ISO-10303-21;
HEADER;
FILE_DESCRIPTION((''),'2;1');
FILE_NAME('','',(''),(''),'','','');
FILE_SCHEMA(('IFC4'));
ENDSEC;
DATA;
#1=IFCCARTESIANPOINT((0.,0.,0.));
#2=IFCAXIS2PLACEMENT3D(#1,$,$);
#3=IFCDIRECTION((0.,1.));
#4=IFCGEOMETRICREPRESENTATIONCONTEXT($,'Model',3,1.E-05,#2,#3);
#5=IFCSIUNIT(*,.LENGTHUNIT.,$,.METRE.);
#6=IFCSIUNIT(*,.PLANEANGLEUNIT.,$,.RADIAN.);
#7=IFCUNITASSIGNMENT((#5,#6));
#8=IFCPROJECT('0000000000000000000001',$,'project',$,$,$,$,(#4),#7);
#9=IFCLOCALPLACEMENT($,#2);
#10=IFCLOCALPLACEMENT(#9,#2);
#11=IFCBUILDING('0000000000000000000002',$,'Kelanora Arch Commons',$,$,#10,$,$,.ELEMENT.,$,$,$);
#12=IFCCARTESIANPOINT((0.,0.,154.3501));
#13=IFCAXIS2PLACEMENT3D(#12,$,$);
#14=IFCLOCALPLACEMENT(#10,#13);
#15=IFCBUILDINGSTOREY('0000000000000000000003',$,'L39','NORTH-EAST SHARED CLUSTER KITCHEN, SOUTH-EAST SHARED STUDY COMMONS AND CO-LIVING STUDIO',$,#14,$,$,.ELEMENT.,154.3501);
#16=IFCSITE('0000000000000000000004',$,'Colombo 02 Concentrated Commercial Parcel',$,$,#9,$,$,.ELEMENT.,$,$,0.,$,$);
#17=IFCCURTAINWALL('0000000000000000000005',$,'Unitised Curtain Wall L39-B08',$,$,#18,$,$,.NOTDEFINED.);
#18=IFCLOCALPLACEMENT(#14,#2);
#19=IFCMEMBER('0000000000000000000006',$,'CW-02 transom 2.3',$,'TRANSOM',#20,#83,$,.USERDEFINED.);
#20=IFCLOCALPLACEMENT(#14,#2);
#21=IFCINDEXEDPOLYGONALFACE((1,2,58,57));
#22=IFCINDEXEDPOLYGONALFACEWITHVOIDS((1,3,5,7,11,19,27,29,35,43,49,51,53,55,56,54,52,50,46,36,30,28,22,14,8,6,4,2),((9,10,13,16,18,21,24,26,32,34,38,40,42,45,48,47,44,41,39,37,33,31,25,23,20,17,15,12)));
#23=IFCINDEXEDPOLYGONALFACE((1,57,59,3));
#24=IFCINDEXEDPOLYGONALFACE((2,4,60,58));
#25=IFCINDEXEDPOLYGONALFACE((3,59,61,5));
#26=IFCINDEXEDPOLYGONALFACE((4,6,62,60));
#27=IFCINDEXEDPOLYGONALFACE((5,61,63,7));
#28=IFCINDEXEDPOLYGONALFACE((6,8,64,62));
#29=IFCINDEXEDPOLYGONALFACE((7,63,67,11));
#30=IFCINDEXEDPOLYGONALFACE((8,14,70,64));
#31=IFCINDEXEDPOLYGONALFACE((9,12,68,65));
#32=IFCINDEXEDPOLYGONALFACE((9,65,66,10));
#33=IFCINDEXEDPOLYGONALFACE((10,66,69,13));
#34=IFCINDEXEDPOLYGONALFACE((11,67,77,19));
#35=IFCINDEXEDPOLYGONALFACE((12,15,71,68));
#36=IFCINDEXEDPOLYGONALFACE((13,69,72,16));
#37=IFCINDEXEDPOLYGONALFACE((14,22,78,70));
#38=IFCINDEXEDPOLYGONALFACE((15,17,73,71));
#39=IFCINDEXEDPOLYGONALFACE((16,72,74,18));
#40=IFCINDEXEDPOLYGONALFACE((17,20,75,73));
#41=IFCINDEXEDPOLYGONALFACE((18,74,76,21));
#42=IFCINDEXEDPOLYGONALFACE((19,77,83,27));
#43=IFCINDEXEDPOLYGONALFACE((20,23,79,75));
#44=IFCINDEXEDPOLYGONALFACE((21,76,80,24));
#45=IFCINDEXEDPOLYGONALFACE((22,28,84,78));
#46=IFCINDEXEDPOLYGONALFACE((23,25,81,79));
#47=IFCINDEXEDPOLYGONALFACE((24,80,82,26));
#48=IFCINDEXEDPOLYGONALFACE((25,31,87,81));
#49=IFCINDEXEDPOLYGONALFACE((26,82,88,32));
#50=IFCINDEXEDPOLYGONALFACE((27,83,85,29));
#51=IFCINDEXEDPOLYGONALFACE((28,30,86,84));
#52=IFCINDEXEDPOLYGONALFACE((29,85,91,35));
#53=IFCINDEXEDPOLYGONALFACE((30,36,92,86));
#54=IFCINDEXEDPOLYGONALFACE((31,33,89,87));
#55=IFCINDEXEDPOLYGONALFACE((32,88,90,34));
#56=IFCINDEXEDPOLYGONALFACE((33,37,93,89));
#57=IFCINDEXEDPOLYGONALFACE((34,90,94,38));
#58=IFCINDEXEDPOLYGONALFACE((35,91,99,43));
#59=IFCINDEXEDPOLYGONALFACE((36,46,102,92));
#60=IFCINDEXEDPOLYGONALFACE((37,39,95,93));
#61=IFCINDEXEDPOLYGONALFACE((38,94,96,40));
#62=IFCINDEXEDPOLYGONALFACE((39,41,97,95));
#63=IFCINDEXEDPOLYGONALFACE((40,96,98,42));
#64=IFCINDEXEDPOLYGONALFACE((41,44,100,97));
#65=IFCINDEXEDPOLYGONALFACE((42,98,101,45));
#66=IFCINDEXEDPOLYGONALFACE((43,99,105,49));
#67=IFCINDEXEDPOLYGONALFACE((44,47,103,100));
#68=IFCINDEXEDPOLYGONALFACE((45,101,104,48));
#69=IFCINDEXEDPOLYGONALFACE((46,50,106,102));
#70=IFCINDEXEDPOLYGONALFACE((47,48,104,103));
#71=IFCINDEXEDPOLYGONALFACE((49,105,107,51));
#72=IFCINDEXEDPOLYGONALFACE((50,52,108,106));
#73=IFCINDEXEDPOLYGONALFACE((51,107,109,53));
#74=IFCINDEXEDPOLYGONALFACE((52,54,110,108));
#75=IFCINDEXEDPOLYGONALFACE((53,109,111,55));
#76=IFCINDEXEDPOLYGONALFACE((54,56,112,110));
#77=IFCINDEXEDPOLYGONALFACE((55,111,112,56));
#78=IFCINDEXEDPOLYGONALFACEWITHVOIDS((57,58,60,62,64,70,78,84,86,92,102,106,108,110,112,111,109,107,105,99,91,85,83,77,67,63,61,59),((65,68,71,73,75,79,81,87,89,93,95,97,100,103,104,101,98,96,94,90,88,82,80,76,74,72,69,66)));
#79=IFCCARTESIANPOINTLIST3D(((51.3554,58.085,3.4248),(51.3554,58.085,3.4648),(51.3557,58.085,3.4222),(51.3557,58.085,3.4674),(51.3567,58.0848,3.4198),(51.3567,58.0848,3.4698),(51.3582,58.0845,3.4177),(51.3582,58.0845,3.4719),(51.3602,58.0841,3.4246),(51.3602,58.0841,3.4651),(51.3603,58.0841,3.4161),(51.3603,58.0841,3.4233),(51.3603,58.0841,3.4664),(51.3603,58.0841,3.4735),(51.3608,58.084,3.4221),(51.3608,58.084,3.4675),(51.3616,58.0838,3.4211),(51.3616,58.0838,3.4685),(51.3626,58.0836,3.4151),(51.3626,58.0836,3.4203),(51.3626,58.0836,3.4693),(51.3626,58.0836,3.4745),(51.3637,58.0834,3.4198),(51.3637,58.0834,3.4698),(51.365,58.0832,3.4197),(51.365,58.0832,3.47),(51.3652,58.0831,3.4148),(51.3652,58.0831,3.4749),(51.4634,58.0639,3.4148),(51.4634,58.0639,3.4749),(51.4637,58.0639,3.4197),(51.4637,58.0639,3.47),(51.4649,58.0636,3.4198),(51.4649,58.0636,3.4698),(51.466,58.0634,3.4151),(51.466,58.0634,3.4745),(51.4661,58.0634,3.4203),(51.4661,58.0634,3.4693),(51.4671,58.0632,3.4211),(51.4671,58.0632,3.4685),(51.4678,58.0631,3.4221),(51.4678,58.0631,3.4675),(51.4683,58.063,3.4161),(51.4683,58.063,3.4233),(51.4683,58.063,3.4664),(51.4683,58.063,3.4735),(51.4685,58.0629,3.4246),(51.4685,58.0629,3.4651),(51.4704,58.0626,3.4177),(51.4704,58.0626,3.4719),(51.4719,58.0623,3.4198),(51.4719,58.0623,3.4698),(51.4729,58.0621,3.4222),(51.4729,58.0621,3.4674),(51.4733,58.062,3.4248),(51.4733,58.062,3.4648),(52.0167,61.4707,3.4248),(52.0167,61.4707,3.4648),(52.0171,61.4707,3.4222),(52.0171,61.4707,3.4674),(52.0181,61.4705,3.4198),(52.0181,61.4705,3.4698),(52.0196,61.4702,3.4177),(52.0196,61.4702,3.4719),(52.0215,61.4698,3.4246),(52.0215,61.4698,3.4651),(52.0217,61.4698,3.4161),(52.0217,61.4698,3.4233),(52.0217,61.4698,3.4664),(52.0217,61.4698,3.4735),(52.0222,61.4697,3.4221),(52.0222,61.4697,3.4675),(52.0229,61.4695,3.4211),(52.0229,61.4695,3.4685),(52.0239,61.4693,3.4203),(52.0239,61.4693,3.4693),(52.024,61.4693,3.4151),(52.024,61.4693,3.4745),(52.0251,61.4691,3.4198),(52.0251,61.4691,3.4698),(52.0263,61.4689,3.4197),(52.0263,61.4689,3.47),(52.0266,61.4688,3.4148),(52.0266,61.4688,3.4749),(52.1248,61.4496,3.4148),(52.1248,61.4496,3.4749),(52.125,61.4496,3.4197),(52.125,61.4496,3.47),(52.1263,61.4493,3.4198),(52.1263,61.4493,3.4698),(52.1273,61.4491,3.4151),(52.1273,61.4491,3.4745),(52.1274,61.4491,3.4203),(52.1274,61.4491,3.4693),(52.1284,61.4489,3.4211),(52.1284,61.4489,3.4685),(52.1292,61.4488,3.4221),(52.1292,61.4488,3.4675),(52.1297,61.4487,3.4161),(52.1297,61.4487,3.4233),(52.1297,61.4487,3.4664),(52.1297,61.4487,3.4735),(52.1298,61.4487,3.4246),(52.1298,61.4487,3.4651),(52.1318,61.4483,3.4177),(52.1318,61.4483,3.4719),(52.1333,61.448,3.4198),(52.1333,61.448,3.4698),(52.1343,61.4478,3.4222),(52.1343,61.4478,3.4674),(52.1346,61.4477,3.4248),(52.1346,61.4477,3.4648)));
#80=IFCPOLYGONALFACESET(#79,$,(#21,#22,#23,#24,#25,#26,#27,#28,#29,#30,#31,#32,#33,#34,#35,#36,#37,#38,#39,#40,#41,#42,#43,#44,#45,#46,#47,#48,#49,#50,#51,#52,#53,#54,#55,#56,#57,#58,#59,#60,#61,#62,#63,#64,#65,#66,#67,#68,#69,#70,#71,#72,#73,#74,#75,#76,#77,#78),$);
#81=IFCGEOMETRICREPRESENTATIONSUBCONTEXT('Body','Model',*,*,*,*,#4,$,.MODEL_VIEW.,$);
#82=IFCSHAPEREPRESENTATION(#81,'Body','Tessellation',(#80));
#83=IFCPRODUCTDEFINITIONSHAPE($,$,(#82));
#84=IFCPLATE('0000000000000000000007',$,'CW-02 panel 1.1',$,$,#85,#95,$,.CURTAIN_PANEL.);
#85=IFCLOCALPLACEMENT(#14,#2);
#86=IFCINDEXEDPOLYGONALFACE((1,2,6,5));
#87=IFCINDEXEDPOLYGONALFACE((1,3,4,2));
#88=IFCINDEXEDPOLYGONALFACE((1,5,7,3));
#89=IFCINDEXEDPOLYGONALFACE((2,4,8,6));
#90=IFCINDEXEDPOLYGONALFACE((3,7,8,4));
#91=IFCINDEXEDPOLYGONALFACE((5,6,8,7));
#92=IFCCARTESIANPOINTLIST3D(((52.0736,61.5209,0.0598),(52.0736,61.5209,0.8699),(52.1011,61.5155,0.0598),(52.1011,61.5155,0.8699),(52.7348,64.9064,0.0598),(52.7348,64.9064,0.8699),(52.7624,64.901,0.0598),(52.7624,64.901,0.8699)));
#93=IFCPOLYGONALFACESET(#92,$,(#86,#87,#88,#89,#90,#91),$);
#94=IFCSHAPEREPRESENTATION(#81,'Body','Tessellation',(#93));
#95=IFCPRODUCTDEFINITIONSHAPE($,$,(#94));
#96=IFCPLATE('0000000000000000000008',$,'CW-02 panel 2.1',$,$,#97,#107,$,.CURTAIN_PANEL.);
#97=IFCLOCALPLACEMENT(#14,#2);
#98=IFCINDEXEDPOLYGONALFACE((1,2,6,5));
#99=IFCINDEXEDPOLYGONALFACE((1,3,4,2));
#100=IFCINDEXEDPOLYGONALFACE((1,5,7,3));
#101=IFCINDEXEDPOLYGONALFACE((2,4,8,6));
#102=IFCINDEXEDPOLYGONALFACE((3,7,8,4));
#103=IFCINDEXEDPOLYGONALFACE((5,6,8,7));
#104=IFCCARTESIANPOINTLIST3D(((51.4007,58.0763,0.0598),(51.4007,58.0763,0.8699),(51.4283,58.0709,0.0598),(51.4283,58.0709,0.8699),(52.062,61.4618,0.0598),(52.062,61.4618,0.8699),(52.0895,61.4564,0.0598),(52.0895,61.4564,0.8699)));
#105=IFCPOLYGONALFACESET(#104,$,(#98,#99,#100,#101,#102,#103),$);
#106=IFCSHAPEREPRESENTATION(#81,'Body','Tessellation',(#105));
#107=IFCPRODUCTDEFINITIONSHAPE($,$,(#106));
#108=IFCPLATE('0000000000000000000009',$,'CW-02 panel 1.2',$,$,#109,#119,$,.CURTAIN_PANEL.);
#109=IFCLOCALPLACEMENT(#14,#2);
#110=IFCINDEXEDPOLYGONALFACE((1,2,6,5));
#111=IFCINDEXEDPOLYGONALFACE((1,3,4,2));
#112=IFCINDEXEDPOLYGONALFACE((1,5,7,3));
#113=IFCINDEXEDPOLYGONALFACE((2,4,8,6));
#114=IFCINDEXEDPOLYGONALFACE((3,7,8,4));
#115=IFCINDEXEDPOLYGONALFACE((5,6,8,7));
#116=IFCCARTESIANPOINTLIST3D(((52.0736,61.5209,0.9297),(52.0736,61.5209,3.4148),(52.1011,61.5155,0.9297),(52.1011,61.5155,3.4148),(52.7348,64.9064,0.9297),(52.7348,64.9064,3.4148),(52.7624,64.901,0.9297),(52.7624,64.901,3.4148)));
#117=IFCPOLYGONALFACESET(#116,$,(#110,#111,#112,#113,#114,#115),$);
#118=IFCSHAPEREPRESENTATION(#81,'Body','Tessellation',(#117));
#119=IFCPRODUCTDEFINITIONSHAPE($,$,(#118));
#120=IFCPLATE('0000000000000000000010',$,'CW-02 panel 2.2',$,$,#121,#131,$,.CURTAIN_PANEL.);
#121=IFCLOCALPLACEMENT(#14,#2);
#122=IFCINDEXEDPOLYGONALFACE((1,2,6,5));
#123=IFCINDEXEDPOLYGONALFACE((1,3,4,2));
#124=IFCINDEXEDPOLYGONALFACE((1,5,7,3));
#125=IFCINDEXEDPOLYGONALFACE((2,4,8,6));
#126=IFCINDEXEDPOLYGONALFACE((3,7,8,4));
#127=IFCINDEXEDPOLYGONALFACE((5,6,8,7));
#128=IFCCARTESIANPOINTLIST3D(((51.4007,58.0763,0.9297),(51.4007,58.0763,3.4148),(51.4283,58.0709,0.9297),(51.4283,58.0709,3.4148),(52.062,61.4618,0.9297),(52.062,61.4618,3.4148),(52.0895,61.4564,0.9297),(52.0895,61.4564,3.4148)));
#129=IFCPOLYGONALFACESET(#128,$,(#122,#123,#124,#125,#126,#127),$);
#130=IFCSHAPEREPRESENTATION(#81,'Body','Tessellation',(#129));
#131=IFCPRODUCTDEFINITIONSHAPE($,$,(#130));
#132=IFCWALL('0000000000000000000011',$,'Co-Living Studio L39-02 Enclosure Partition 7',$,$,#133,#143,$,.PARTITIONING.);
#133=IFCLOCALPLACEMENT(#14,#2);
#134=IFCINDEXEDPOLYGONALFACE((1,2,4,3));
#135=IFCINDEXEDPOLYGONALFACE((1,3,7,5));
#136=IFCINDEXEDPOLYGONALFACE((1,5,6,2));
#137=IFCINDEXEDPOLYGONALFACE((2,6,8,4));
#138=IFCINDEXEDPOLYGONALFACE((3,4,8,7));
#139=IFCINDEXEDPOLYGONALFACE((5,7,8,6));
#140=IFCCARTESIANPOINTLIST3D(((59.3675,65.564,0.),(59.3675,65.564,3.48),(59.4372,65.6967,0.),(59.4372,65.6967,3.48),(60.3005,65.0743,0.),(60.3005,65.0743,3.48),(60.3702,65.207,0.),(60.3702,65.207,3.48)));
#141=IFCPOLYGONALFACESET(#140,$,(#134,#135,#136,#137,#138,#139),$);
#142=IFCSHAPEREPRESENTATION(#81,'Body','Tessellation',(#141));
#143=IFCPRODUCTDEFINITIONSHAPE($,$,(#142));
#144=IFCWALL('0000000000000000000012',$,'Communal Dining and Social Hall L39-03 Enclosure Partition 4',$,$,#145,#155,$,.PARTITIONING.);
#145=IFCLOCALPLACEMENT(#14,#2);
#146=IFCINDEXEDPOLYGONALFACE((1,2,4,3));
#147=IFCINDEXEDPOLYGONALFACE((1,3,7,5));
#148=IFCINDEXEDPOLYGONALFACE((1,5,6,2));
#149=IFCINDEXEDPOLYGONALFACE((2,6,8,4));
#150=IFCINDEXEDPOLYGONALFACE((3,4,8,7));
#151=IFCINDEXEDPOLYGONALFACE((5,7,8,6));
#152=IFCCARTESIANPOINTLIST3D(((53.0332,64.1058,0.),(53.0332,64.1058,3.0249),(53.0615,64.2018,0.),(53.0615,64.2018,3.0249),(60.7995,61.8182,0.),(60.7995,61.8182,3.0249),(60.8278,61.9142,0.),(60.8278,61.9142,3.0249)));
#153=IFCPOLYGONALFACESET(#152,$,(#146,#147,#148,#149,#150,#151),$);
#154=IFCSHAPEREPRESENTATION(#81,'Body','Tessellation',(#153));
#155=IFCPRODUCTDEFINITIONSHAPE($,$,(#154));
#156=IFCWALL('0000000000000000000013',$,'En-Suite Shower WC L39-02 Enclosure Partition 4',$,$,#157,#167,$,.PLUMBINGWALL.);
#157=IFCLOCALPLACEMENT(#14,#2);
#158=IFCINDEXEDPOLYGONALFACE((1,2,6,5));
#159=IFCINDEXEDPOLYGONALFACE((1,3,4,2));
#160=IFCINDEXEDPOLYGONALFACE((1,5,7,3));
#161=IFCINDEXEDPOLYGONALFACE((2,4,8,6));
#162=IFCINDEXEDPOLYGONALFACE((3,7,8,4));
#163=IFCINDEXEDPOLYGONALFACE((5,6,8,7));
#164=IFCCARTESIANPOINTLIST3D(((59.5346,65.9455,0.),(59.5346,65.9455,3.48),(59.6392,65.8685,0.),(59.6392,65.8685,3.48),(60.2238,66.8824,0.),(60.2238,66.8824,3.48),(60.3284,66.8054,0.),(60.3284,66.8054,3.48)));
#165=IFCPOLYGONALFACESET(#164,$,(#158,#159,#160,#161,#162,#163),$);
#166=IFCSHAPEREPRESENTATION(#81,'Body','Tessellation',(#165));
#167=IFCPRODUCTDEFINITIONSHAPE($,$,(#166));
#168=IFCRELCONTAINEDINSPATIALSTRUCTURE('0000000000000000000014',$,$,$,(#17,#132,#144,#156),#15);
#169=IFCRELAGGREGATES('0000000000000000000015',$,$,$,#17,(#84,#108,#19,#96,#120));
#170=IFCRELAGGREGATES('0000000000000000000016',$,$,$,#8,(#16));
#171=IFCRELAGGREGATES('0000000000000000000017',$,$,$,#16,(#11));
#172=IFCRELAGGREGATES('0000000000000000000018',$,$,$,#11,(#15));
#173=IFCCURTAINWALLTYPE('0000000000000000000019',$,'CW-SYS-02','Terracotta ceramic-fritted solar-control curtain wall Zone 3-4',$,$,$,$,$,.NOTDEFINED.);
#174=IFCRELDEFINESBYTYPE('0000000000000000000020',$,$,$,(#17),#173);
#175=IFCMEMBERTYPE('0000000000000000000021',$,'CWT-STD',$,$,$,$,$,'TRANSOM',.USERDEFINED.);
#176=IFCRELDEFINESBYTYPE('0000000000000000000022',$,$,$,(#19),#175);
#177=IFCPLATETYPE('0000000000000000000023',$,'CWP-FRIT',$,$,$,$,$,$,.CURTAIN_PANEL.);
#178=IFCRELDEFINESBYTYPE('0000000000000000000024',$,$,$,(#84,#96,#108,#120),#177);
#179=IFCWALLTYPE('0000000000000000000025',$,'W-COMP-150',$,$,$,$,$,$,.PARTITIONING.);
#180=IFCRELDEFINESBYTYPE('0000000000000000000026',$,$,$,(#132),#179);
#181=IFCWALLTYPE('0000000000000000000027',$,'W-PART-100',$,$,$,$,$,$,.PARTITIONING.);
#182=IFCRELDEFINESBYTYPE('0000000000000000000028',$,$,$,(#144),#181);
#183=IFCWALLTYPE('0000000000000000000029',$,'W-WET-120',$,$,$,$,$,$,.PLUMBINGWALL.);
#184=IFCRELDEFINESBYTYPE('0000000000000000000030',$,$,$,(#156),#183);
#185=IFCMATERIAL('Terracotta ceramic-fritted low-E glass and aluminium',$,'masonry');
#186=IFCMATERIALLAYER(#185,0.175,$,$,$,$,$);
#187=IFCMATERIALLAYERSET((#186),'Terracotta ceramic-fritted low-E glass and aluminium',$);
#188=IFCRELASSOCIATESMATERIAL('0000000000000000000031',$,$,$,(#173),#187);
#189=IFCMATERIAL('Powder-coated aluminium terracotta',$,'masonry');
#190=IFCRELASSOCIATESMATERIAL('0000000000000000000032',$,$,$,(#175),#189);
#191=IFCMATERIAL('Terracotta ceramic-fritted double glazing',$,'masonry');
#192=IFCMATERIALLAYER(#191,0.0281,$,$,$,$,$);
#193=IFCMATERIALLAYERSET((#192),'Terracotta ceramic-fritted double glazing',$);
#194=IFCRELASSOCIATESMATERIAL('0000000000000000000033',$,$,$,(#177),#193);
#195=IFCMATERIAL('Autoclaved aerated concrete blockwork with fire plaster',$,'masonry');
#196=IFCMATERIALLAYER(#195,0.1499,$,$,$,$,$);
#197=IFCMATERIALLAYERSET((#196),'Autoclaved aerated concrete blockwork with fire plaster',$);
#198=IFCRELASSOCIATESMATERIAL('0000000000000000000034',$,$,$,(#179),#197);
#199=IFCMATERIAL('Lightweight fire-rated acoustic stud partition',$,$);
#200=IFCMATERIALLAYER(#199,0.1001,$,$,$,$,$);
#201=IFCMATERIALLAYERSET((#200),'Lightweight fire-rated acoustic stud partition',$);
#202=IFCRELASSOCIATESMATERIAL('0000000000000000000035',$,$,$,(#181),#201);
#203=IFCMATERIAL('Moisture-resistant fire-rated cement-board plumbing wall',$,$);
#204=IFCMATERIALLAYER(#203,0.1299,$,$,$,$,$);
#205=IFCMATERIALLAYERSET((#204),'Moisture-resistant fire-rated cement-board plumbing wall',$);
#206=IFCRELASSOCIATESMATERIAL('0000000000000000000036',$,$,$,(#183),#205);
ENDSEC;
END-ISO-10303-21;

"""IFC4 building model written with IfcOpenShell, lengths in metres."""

from ifc_helpers import new_model, si_unit, direction, frame, frame_2d, origin, origin_2d, place, context, subcontext, project, spatial, rectangle, hollow_rectangle, extrude, source, transform, mapped, material, layer, layer_set, material_profile, profile_set, type_object, element, aggregate, save


model = new_model("IFC4")

# Units and contexts
model_context = context("Model", 3, precision=1e-05, world=origin(), true_north=direction((0.0, 1.0)))
body_context = subcontext(model_context, "Body", "Model", "MODEL_VIEW")
ifc_project = project(units=[si_unit("LENGTHUNIT", "METRE"), si_unit("PLANEANGLEUNIT", "RADIAN")], contexts=[model_context])

# Site, building, storey
site_placement = place(None, origin())
site = spatial("IfcSite", under=ifc_project, at=site_placement, Name="Colombo 02 Concentrated Commercial Parcel", CompositionType="ELEMENT", RefElevation=0.0)
building_placement = place(site_placement, origin())
building = spatial("IfcBuilding", under=site, at=building_placement, Name="Kelanora Arch Commons", CompositionType="ELEMENT")
storey_placement = place(building_placement, frame((0.0, 0.0, 154.3501)))
storey = spatial("IfcBuildingStorey", under=building, at=storey_placement, Name="L39", Description="NORTH-EAST SHARED CLUSTER KITCHEN, SOUTH-EAST SHARED STUDY COMMONS AND CO-LIVING STUDIO", CompositionType="ELEMENT", Elevation=154.3501)

# Curtain wall, member, plates
ifc_material_1 = material(Name="Terracotta ceramic-fritted low-E glass and aluminium", Category="masonry")
ifc_layer_1 = layer(ifc_material_1, 0.175)
ifc_layer_set_1 = layer_set([ifc_layer_1], Name="Terracotta ceramic-fritted low-E glass and aluminium")
curtain_wall_type = type_object("IfcCurtainWallType", Name="CW-SYS-02", Description="Terracotta ceramic-fritted solar-control curtain wall Zone 3-4", PredefinedType="NOTDEFINED", material=ifc_layer_set_1)
curtain_wall_placement = place(storey_placement, origin())
curtain_wall = element("IfcCurtainWall", 1, at=curtain_wall_placement, inside=storey, type_object=curtain_wall_type, Name="Unitised Curtain Wall L39-B08", PredefinedType="NOTDEFINED")
ifc_material_2 = material(Name="Powder-coated aluminium terracotta", Category="masonry")
ifc_material_profile_1 = material_profile(ifc_material_2, hollow_rectangle(XDim=0.1201, YDim=0.0601, WallThickness=0.0049, InnerFilletRadius=0.0049, OuterFilletRadius=0.01, at=origin_2d()), Name="CWT120x60")
ifc_profile_set_1 = profile_set([ifc_material_profile_1], Name="Powder-coated aluminium terracotta")
member_type_1 = type_object("IfcMemberType", Name="CWT-STD", ElementType="TRANSOM", PredefinedType="USERDEFINED", material=ifc_profile_set_1)
member_1_placement = place(storey_placement, frame((52.0757, 61.4592, 3.4448), z_axis=(-0.191718, -0.98145, 0.0), x_axis=(0.98145, -0.191718, 0.0)))
member_1 = element("IfcMember", 2, at=member_1_placement, type_object=member_type_1, Name="CW-02 transom 2.3", ObjectType="TRANSOM", PredefinedType="USERDEFINED", context=body_context, shape_type="SweptSolid", body=[
    extrude(hollow_rectangle(XDim=0.1201, YDim=0.0601, WallThickness=0.0049, InnerFilletRadius=0.0049, OuterFilletRadius=0.01, at=origin_2d()), origin(), (0.0, 0.0, 1.0), 3.4497),
])
ifc_material_3 = material(Name="Terracotta ceramic-fritted double glazing", Category="masonry")
ifc_layer_2 = layer(ifc_material_3, 0.0281)
ifc_layer_set_2 = layer_set([ifc_layer_2], Name="Terracotta ceramic-fritted double glazing")
plate_type = type_object("IfcPlateType", Name="CWP-FRIT", PredefinedType="CURTAIN_PANEL", material=ifc_layer_set_2)
shared_shape_1 = source(origin(), body_context, "Body", "SweptSolid", [
    extrude(rectangle(XDim=3.4495, YDim=0.0281, at=origin_2d()), origin(), (0.0, 0.0, 1.0), 0.8101),
])
plate_1_placement = place(storey_placement, frame((52.418, 63.2109, 0.0598), z_axis=(0.0, 0.0, 1.0), x_axis=(-0.191705, -0.981453, 0.0)))
plate_1 = element("IfcPlate", 3, at=plate_1_placement, type_object=plate_type, Name="CW-02 panel 1.1", PredefinedType="CURTAIN_PANEL", context=body_context, shape_type="MappedRepresentation", body=[
    mapped(shared_shape_1, transform((0.0, 0.0, 0.0), scale=1.0)),
])
plate_2_placement = place(storey_placement, frame((51.7451, 59.7664, 0.0598), z_axis=(0.0, 0.0, 1.0), x_axis=(-0.191705, -0.981453, 0.0)))
plate_2 = element("IfcPlate", 4, at=plate_2_placement, type_object=plate_type, Name="CW-02 panel 2.1", PredefinedType="CURTAIN_PANEL", context=body_context, shape_type="MappedRepresentation", body=[
    mapped(shared_shape_1, transform((0.0, 0.0, 0.0), scale=1.0)),
])
shared_shape_2 = source(origin(), body_context, "Body", "SweptSolid", [
    extrude(rectangle(XDim=3.4495, YDim=0.0281, at=origin_2d()), origin(), (0.0, 0.0, 1.0), 2.4851),
])
plate_3_placement = place(storey_placement, frame((52.418, 63.2109, 0.9297), z_axis=(0.0, 0.0, 1.0), x_axis=(-0.191705, -0.981453, 0.0)))
plate_3 = element("IfcPlate", 5, at=plate_3_placement, type_object=plate_type, Name="CW-02 panel 1.2", PredefinedType="CURTAIN_PANEL", context=body_context, shape_type="MappedRepresentation", body=[
    mapped(shared_shape_2, transform((0.0, 0.0, 0.0), scale=1.0)),
])
plate_4_placement = place(storey_placement, frame((51.7451, 59.7664, 0.9297), z_axis=(0.0, 0.0, 1.0), x_axis=(-0.191705, -0.981453, 0.0)))
plate_4 = element("IfcPlate", 6, at=plate_4_placement, type_object=plate_type, Name="CW-02 panel 2.2", PredefinedType="CURTAIN_PANEL", context=body_context, shape_type="MappedRepresentation", body=[
    mapped(shared_shape_2, transform((0.0, 0.0, 0.0), scale=1.0)),
])
aggregate(curtain_wall, [plate_1, plate_3, member_1, plate_2, plate_4])

# Walls
ifc_material_4 = material(Name="Autoclaved aerated concrete blockwork with fire plaster", Category="masonry")
ifc_layer_3 = layer(ifc_material_4, 0.1499)
ifc_layer_set_3 = layer_set([ifc_layer_3], Name="Autoclaved aerated concrete blockwork with fire plaster")
wall_type_1 = type_object("IfcWallType", Name="W-COMP-150", PredefinedType="PARTITIONING", material=ifc_layer_set_3)
wall_1_placement = place(storey_placement, frame((59.4023, 65.6304, 0.0), z_axis=(0.0, 0.0, 1.0), x_axis=(0.88545, -0.464734, 0.0)))
element("IfcWall", 7, at=wall_1_placement, inside=storey, type_object=wall_type_1, Name="Co-Living Studio L39-02 Enclosure Partition 7", PredefinedType="PARTITIONING", context=body_context, shape_type="SweptSolid", body=[
    extrude(rectangle(XDim=1.0537, YDim=0.1499, at=frame_2d((0.5269, 0.0))), origin(), (0.0, 0.0, 1.0), 3.48),
])
ifc_material_5 = material(Name="Lightweight fire-rated acoustic stud partition")
ifc_layer_4 = layer(ifc_material_5, 0.1001)
ifc_layer_set_4 = layer_set([ifc_layer_4], Name="Lightweight fire-rated acoustic stud partition")
wall_type_2 = type_object("IfcWallType", Name="W-PART-100", PredefinedType="PARTITIONING", material=ifc_layer_set_4)
wall_2_placement = place(storey_placement, frame((53.0474, 64.1538, 0.0), z_axis=(0.0, 0.0, 1.0), x_axis=(0.959253, -0.28255, 0.0)))
element("IfcWall", 8, at=wall_2_placement, inside=storey, type_object=wall_type_2, Name="Communal Dining and Social Hall L39-03 Enclosure Partition 4", PredefinedType="PARTITIONING", context=body_context, shape_type="SweptSolid", body=[
    extrude(rectangle(XDim=8.0962, YDim=0.1001, at=frame_2d((4.0481, 0.0))), origin(), (0.0, 0.0, 1.0), 3.0249),
])
ifc_material_6 = material(Name="Moisture-resistant fire-rated cement-board plumbing wall")
ifc_layer_5 = layer(ifc_material_6, 0.1299)
ifc_layer_set_5 = layer_set([ifc_layer_5], Name="Moisture-resistant fire-rated cement-board plumbing wall")
wall_type_3 = type_object("IfcWallType", Name="W-WET-120", PredefinedType="PLUMBINGWALL", material=ifc_layer_set_5)
wall_3_placement = place(storey_placement, frame((59.5869, 65.907, 0.0), z_axis=(0.0, 0.0, 1.0), x_axis=(0.592519, 0.805557, 0.0)))
element("IfcWall", 9, at=wall_3_placement, inside=storey, type_object=wall_type_3, Name="En-Suite Shower WC L39-02 Enclosure Partition 4", PredefinedType="PLUMBINGWALL", context=body_context, shape_type="SweptSolid", body=[
    extrude(rectangle(XDim=1.1631, YDim=0.1299, at=frame_2d((0.5815, 0.0))), origin(), (0.0, 0.0, 1.0), 3.48),
])

save(model, "model.ifc")
